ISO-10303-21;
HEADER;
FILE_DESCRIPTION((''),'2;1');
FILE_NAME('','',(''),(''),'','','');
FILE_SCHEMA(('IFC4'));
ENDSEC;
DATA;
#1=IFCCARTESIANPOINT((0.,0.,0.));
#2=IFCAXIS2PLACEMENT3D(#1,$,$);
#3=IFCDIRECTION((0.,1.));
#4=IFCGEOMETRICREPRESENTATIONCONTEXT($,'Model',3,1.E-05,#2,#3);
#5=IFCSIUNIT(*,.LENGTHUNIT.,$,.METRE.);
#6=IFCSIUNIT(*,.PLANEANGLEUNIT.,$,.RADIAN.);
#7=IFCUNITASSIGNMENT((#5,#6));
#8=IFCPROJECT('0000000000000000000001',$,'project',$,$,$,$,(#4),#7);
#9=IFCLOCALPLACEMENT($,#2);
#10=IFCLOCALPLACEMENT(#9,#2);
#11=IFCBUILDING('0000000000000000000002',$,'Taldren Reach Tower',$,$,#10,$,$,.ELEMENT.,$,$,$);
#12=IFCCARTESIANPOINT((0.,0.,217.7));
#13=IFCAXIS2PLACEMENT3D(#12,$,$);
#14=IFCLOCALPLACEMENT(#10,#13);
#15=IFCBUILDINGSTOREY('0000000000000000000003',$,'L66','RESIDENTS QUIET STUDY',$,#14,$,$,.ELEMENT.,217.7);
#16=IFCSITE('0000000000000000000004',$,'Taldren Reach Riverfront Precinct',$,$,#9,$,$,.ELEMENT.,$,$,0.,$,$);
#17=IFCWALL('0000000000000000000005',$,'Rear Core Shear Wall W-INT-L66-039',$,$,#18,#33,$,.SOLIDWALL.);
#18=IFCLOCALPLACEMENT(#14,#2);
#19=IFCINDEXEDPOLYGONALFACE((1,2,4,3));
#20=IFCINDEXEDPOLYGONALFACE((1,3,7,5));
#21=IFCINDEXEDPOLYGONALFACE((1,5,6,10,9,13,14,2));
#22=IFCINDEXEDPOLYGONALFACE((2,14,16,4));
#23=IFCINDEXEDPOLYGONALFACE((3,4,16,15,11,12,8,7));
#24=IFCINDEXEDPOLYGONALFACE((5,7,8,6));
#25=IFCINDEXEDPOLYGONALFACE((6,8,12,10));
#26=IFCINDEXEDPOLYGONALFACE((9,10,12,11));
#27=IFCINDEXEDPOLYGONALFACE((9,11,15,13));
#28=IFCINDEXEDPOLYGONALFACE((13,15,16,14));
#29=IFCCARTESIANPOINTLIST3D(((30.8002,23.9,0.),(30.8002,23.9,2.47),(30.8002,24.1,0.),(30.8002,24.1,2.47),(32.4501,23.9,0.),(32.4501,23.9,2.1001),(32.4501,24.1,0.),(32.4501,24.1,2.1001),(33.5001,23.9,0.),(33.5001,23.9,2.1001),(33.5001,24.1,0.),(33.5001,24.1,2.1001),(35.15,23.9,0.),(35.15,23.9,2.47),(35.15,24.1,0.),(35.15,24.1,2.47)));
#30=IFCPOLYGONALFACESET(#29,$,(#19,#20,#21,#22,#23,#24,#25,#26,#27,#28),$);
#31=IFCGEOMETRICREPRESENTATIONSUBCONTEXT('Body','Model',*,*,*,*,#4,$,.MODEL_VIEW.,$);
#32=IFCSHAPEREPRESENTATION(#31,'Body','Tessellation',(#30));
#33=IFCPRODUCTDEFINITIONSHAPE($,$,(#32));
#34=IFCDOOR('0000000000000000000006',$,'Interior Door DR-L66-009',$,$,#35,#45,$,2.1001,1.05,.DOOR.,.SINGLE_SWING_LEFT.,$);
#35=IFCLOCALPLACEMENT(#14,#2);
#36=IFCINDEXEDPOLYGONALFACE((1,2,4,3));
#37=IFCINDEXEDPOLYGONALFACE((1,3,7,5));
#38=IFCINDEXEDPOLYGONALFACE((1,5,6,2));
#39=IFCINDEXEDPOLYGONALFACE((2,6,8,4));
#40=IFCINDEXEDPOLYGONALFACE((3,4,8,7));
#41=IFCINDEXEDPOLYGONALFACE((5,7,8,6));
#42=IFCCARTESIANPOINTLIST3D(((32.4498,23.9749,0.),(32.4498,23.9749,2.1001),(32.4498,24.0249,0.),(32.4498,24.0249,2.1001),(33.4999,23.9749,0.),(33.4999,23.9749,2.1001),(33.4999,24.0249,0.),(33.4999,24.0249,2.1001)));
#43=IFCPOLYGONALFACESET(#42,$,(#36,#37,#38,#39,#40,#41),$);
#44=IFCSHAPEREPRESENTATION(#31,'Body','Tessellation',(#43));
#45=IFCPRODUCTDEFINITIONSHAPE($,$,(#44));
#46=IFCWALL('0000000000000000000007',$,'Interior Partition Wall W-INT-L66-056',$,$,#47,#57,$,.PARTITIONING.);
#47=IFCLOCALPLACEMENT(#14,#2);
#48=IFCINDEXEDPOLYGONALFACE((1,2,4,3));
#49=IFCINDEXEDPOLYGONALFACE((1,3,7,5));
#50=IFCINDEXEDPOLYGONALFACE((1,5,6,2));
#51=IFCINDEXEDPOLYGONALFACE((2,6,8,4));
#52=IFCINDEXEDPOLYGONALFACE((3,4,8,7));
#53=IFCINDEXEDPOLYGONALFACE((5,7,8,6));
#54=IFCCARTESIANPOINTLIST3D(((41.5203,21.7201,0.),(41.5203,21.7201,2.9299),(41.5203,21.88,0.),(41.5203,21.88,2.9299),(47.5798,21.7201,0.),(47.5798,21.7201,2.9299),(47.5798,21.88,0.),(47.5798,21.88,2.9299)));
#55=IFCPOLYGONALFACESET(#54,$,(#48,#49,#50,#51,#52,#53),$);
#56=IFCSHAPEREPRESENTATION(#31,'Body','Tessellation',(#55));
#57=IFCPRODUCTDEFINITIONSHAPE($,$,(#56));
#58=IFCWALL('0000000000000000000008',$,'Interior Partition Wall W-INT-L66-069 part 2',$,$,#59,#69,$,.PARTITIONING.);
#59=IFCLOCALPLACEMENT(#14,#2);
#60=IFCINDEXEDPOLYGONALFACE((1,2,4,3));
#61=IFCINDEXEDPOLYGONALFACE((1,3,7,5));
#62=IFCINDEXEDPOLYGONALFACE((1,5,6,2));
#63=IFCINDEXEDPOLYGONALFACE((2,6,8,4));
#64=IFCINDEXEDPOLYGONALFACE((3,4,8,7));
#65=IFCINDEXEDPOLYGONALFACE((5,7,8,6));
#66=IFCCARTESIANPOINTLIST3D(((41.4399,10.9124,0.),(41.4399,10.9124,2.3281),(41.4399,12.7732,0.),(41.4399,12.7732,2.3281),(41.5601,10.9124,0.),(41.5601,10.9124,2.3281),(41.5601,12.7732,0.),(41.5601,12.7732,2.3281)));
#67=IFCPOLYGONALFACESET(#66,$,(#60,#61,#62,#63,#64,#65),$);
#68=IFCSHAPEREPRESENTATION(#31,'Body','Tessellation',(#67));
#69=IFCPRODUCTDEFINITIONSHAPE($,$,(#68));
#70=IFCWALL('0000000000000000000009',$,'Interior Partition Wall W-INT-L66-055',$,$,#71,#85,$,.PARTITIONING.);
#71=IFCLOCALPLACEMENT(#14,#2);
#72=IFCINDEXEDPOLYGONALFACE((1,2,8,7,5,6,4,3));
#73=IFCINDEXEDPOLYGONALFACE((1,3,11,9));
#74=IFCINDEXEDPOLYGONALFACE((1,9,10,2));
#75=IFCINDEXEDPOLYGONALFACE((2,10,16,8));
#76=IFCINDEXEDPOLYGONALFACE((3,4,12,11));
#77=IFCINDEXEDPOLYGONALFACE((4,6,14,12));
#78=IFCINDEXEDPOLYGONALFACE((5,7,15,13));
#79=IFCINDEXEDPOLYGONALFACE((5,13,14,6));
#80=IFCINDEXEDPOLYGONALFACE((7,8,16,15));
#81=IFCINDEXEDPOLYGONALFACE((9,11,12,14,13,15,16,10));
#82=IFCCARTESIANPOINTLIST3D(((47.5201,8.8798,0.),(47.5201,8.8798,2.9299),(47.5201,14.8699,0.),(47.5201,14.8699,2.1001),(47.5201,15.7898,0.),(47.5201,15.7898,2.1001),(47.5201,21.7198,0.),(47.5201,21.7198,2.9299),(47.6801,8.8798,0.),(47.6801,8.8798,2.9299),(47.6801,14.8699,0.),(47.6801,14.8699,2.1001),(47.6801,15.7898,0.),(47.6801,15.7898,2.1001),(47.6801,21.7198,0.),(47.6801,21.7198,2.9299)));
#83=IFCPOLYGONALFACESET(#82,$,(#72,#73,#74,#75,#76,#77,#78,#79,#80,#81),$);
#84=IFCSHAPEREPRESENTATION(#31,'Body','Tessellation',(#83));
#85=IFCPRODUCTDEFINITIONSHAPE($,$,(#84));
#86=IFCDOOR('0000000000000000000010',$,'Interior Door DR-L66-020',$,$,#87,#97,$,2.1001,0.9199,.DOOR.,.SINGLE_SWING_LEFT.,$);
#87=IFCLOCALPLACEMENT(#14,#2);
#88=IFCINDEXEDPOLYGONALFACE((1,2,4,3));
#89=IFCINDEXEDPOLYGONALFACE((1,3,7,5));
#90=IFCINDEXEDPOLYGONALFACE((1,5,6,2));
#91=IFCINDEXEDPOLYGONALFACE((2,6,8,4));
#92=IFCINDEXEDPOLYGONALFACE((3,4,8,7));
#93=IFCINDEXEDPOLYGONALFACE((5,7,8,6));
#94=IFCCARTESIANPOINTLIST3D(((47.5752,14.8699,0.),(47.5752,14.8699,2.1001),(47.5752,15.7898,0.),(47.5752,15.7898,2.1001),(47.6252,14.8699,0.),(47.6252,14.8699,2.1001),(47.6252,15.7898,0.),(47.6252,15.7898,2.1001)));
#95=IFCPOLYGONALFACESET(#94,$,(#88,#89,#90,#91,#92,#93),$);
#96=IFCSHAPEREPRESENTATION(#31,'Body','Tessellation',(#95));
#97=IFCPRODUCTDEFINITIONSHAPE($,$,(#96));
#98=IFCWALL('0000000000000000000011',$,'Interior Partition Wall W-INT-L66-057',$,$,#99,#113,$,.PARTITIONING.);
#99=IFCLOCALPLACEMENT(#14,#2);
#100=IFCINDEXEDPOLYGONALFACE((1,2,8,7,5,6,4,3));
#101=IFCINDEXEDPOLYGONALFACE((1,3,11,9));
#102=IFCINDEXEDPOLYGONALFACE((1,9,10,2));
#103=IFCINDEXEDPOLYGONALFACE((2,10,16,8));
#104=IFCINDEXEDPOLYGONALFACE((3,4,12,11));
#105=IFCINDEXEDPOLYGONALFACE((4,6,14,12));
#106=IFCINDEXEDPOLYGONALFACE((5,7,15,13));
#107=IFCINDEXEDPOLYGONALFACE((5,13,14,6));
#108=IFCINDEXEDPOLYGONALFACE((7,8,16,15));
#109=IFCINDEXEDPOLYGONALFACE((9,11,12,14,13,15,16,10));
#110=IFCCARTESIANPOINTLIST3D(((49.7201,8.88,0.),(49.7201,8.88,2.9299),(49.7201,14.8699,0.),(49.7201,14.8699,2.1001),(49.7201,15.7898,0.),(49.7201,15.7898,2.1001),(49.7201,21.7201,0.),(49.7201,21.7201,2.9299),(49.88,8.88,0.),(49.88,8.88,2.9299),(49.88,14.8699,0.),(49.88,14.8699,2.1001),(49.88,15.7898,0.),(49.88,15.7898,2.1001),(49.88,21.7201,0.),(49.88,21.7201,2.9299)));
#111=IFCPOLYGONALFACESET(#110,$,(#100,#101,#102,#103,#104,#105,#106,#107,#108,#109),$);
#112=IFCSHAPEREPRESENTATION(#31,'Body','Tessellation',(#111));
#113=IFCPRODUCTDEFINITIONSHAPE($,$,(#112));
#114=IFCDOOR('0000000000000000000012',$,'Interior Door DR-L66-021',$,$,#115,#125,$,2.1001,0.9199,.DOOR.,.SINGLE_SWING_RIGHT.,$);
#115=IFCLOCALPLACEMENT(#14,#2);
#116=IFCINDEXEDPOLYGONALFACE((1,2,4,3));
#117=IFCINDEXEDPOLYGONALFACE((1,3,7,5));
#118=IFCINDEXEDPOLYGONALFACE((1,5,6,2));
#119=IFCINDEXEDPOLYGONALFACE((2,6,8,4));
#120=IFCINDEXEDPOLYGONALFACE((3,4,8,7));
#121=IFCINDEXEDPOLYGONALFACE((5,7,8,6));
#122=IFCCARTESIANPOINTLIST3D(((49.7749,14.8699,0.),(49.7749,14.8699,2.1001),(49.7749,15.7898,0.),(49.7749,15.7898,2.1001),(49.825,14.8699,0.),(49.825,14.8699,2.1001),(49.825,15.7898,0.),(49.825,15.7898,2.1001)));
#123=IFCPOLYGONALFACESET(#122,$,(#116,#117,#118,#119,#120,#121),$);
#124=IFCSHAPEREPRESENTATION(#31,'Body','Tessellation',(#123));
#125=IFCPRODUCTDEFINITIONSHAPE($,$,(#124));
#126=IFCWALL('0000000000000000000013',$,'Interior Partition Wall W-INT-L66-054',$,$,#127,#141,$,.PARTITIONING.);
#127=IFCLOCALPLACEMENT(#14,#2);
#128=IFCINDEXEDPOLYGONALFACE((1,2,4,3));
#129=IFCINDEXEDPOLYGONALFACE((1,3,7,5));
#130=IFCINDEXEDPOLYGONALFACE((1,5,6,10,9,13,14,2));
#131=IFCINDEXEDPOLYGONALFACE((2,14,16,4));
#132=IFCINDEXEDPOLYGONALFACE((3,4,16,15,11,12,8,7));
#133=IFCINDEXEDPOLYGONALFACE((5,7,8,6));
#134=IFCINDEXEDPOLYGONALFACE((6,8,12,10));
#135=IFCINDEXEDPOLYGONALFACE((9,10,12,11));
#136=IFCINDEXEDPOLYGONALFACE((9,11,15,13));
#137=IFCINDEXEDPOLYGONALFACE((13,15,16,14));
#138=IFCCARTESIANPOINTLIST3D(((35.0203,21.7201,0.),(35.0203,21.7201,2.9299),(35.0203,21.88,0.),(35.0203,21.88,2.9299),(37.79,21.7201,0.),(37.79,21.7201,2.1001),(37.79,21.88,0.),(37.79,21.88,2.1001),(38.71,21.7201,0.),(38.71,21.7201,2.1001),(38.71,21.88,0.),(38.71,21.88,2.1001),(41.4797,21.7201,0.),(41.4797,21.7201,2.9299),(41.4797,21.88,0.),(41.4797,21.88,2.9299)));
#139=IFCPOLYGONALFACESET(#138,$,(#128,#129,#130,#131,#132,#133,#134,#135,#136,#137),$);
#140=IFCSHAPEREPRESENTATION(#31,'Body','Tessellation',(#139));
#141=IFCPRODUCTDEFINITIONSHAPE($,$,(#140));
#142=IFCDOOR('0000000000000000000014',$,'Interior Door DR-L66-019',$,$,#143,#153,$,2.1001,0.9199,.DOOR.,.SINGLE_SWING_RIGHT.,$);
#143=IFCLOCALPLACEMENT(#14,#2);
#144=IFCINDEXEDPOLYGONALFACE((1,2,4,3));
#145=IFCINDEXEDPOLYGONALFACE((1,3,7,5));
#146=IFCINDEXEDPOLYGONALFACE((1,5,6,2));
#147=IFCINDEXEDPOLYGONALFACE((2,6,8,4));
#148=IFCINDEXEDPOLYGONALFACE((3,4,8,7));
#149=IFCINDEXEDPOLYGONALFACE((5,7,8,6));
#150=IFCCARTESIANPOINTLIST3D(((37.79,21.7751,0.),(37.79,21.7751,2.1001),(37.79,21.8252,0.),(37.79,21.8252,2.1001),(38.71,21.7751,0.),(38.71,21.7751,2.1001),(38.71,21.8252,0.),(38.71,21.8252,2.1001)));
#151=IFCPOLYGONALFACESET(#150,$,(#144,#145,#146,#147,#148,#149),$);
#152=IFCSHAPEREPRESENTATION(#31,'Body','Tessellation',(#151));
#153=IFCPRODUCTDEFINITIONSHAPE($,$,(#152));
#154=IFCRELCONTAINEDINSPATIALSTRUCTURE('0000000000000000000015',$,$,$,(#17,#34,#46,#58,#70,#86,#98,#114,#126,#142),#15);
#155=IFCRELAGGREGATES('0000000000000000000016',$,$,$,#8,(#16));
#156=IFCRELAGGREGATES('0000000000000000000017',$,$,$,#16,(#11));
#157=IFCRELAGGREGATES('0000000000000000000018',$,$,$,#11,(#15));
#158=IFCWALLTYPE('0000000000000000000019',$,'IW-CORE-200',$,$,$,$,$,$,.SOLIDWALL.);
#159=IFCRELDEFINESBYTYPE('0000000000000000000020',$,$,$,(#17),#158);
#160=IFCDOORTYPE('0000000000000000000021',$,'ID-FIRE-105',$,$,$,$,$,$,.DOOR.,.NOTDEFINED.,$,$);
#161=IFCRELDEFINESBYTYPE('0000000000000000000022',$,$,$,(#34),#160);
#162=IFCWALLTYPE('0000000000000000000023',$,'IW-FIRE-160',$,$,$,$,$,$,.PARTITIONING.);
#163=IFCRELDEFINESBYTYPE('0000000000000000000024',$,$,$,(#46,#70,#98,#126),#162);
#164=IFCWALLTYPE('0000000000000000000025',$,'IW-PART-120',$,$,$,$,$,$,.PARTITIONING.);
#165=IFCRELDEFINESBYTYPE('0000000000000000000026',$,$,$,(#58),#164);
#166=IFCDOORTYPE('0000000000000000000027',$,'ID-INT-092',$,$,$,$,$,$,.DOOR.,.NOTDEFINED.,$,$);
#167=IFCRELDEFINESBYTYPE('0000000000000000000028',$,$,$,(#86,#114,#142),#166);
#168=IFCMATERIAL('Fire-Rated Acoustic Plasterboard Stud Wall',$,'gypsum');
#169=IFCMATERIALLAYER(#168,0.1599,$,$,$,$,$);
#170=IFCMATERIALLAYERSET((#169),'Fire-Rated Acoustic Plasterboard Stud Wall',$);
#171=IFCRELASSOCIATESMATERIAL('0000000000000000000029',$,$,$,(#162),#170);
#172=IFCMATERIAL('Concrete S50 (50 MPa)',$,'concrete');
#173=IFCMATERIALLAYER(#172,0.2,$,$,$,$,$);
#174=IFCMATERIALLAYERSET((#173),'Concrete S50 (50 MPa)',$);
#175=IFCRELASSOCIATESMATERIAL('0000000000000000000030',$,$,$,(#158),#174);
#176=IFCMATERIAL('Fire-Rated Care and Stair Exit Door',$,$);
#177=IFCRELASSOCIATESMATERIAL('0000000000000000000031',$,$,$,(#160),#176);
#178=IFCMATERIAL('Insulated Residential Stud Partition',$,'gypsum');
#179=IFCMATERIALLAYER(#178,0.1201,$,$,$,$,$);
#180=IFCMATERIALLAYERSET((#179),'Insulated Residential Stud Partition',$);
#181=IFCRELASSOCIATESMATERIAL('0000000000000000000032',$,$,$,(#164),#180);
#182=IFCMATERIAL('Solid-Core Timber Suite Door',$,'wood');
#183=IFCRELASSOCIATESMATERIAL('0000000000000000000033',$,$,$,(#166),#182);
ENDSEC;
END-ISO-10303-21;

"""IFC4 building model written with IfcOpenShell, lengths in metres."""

from ifc_helpers import new_model, si_unit, direction, frame, frame_2d, origin, place, context, subcontext, project, spatial, rectangle, extrude, source, transform, mapped, material, layer, layer_set, type_object, element, fill, save


model = new_model("IFC4")

# Units and contexts
model_context = context("Model", 3, precision=1e-05, world=origin(), true_north=direction((0.0, 1.0)))
body_context = subcontext(model_context, "Body", "Model", "MODEL_VIEW")
ifc_project = project(units=[si_unit("LENGTHUNIT", "METRE"), si_unit("PLANEANGLEUNIT", "RADIAN")], contexts=[model_context])

# Site, building, storey
site_placement = place(None, origin())
site = spatial("IfcSite", under=ifc_project, at=site_placement, Name="Taldren Reach Riverfront Precinct", CompositionType="ELEMENT", RefElevation=0.0)
building_placement = place(site_placement, origin())
building = spatial("IfcBuilding", under=site, at=building_placement, Name="Taldren Reach Tower", CompositionType="ELEMENT")
storey_placement = place(building_placement, frame((0.0, 0.0, 217.7)))
storey = spatial("IfcBuildingStorey", under=building, at=storey_placement, Name="L66", Description="RESIDENTS QUIET STUDY", CompositionType="ELEMENT", Elevation=217.7)

# Shared definitions
ifc_material_1 = material(Name="Fire-Rated Acoustic Plasterboard Stud Wall", Category="gypsum")
ifc_layer_1 = layer(ifc_material_1, 0.1599)
ifc_layer_set_1 = layer_set([ifc_layer_1], Name="Fire-Rated Acoustic Plasterboard Stud Wall")
wall_type_1 = type_object("IfcWallType", Name="IW-FIRE-160", PredefinedType="PARTITIONING", material=ifc_layer_set_1)

# Wall, opening, door
ifc_material_2 = material(Name="Concrete S50 (50 MPa)", Category="concrete")
ifc_layer_2 = layer(ifc_material_2, 0.2)
ifc_layer_set_2 = layer_set([ifc_layer_2], Name="Concrete S50 (50 MPa)")
wall_type_2 = type_object("IfcWallType", Name="IW-CORE-200", PredefinedType="SOLIDWALL", material=ifc_layer_set_2)
shared_shape_1 = source(origin(), body_context, "Body", "SweptSolid", [
    extrude(rectangle(XDim=4.3499, YDim=0.2, at=frame_2d((2.1748, 0.0))), origin(), (0.0, 0.0, 1.0), 2.47),
])
wall_1_placement = place(storey_placement, frame((35.1499, 24.0, 0.0), z_axis=(0.0, 0.0, 1.0), x_axis=(-1.0, 0.0, 0.0)))
wall_1 = element("IfcWall", 1, at=wall_1_placement, inside=storey, type_object=wall_type_2, Name="Rear Core Shear Wall W-INT-L66-039", PredefinedType="SOLIDWALL", context=body_context, shape_type="MappedRepresentation", body=[
    mapped(shared_shape_1, transform((0.0, 0.0, 0.0), scale=1.0)),
])
shared_shape_2 = source(origin(), body_context, "Body", "SweptSolid", [
    extrude(rectangle(XDim=1.05, YDim=2.1001, at=frame_2d((0.5249, 1.05))), frame((0.0, 0.1099, 0.0), z_axis=(0.0, -1.0, 0.0), x_axis=(1.0, 0.0, 0.0)), (0.0, 0.0, 1.0), 0.22),
])
opening_1_placement = place(wall_1_placement, frame((1.6499, 0.0, 0.0)))
opening_1 = element("IfcOpeningElement", 2, at=opening_1_placement, cuts=wall_1, PredefinedType="OPENING", context=body_context, shape_type="MappedRepresentation", body=[
    mapped(shared_shape_2, transform((0.0, 0.0, 0.0), scale=1.0)),
])
ifc_material_3 = material(Name="Fire-Rated Care and Stair Exit Door")
door_type_1 = type_object("IfcDoorType", Name="ID-FIRE-105", OperationType="NOTDEFINED", PredefinedType="DOOR", material=ifc_material_3)
shared_shape_3 = source(origin(), body_context, "Body", "SweptSolid", [
    extrude(rectangle(XDim=1.05, YDim=2.1001, at=frame_2d((0.5249, 1.05))), frame((0.0, 0.0249, 0.0), z_axis=(0.0, -1.0, 0.0), x_axis=(1.0, 0.0, 0.0)), (0.0, 0.0, 1.0), 0.05),
])
door_1_placement = place(opening_1_placement, frame((1.05, 0.0, 0.0), z_axis=(0.0, 0.0, 1.0), x_axis=(-1.0, 0.0, 0.0)))
door_1 = element("IfcDoor", 3, at=door_1_placement, inside=storey, type_object=door_type_1, Name="Interior Door DR-L66-009", OperationType="SINGLE_SWING_LEFT", OverallHeight=2.1001, OverallWidth=1.05, PredefinedType="DOOR", context=body_context, shape_type="MappedRepresentation", body=[
    mapped(shared_shape_3, transform((0.0, 0.0, 0.0), scale=1.0)),
])
fill(opening_1, door_1)

# Walls
shared_shape_4 = source(origin(), body_context, "Body", "SweptSolid", [
    extrude(rectangle(XDim=6.0596, YDim=0.1599, at=frame_2d((3.0298, 0.0))), origin(), (0.0, 0.0, 1.0), 2.9299),
])
wall_2_placement = place(storey_placement, frame((47.5798, 21.8, 0.0), z_axis=(0.0, 0.0, 1.0), x_axis=(-1.0, 0.0, 0.0)))
element("IfcWall", 4, at=wall_2_placement, inside=storey, type_object=wall_type_1, Name="Interior Partition Wall W-INT-L66-056", PredefinedType="PARTITIONING", context=body_context, shape_type="MappedRepresentation", body=[
    mapped(shared_shape_4, transform((0.0, 0.0, 0.0), scale=1.0)),
])
ifc_material_4 = material(Name="Insulated Residential Stud Partition", Category="gypsum")
ifc_layer_3 = layer(ifc_material_4, 0.1201)
ifc_layer_set_3 = layer_set([ifc_layer_3], Name="Insulated Residential Stud Partition")
wall_type_3 = type_object("IfcWallType", Name="IW-PART-120", PredefinedType="PARTITIONING", material=ifc_layer_set_3)
shared_shape_5 = source(origin(), body_context, "Body", "SweptSolid", [
    extrude(rectangle(XDim=1.8608, YDim=0.1201, at=frame_2d((0.9304, 0.0))), origin(), (0.0, 0.0, 1.0), 2.3281),
])
wall_3_placement = place(storey_placement, frame((41.5, 12.7732, 0.0), z_axis=(0.0, 0.0, 1.0), x_axis=(0.0, -1.0, 0.0)))
element("IfcWall", 5, at=wall_3_placement, inside=storey, type_object=wall_type_3, Name="Interior Partition Wall W-INT-L66-069 part 2", PredefinedType="PARTITIONING", context=body_context, shape_type="MappedRepresentation", body=[
    mapped(shared_shape_5, transform((0.0, 0.0, 0.0), scale=1.0)),
])

# Walls, openings, doors
shared_shape_6 = source(origin(), body_context, "Body", "SweptSolid", [
    extrude(rectangle(XDim=12.8401, YDim=0.1599, at=frame_2d((6.4199, 0.0))), origin(), (0.0, 0.0, 1.0), 2.9299),
])
wall_4_placement = place(storey_placement, frame((47.6001, 8.8799, 0.0), z_axis=(0.0, 0.0, 1.0), x_axis=(0.0, 1.0, 0.0)))
wall_4 = element("IfcWall", 6, at=wall_4_placement, inside=storey, type_object=wall_type_1, Name="Interior Partition Wall W-INT-L66-055", PredefinedType="PARTITIONING", context=body_context, shape_type="MappedRepresentation", body=[
    mapped(shared_shape_6, transform((0.0, 0.0, 0.0), scale=1.0)),
])
shared_shape_7 = source(origin(), body_context, "Body", "SweptSolid", [
    extrude(rectangle(XDim=0.9199, YDim=2.1001, at=frame_2d((0.46, 1.05))), frame((0.0, 0.0898, 0.0), z_axis=(0.0, -1.0, 0.0), x_axis=(1.0, 0.0, 0.0)), (0.0, 0.0, 1.0), 0.1799),
])
opening_2_placement = place(wall_4_placement, frame((5.99, 0.0, 0.0)))
opening_2 = element("IfcOpeningElement", 7, at=opening_2_placement, cuts=wall_4, PredefinedType="OPENING", context=body_context, shape_type="MappedRepresentation", body=[
    mapped(shared_shape_7, transform((0.0, 0.0, 0.0), scale=1.0)),
])
ifc_material_5 = material(Name="Solid-Core Timber Suite Door", Category="wood")
door_type_2 = type_object("IfcDoorType", Name="ID-INT-092", OperationType="NOTDEFINED", PredefinedType="DOOR", material=ifc_material_5)
shared_shape_8 = source(origin(), body_context, "Body", "SweptSolid", [
    extrude(rectangle(XDim=0.9199, YDim=2.1001, at=frame_2d((0.46, 1.05))), frame((0.0, 0.0249, 0.0), z_axis=(0.0, -1.0, 0.0), x_axis=(1.0, 0.0, 0.0)), (0.0, 0.0, 1.0), 0.05),
])
door_2_placement = place(opening_2_placement, origin())
door_2 = element("IfcDoor", 8, at=door_2_placement, inside=storey, type_object=door_type_2, Name="Interior Door DR-L66-020", OperationType="SINGLE_SWING_LEFT", OverallHeight=2.1001, OverallWidth=0.9199, PredefinedType="DOOR", context=body_context, shape_type="MappedRepresentation", body=[
    mapped(shared_shape_8, transform((0.0, 0.0, 0.0), scale=1.0)),
])
fill(opening_2, door_2)
wall_5_placement = place(storey_placement, frame((49.8, 21.72, 0.0), z_axis=(0.0, 0.0, 1.0), x_axis=(0.0, -1.0, 0.0)))
wall_5 = element("IfcWall", 9, at=wall_5_placement, inside=storey, type_object=wall_type_1, Name="Interior Partition Wall W-INT-L66-057", PredefinedType="PARTITIONING", context=body_context, shape_type="MappedRepresentation", body=[
    mapped(shared_shape_6, transform((0.0, 0.0, 0.0), scale=1.0)),
])
opening_3_placement = place(wall_5_placement, frame((5.9302, 0.0, 0.0)))
opening_3 = element("IfcOpeningElement", 10, at=opening_3_placement, cuts=wall_5, PredefinedType="OPENING", context=body_context, shape_type="MappedRepresentation", body=[
    mapped(shared_shape_7, transform((0.0, 0.0, 0.0), scale=1.0)),
])
door_3_placement = place(opening_3_placement, origin())
door_3 = element("IfcDoor", 11, at=door_3_placement, inside=storey, type_object=door_type_2, Name="Interior Door DR-L66-021", OperationType="SINGLE_SWING_RIGHT", OverallHeight=2.1001, OverallWidth=0.9199, PredefinedType="DOOR", context=body_context, shape_type="MappedRepresentation", body=[
    mapped(shared_shape_8, transform((0.0, 0.0, 0.0), scale=1.0)),
])
fill(opening_3, door_3)
shared_shape_9 = source(origin(), body_context, "Body", "SweptSolid", [
    extrude(rectangle(XDim=6.4595, YDim=0.1599, at=frame_2d((3.2297, 0.0))), origin(), (0.0, 0.0, 1.0), 2.9299),
])
wall_6_placement = place(storey_placement, frame((41.4797, 21.8, 0.0), z_axis=(0.0, 0.0, 1.0), x_axis=(-1.0, 0.0, 0.0)))
wall_6 = element("IfcWall", 12, at=wall_6_placement, inside=storey, type_object=wall_type_1, Name="Interior Partition Wall W-INT-L66-054", PredefinedType="PARTITIONING", context=body_context, shape_type="MappedRepresentation", body=[
    mapped(shared_shape_9, transform((0.0, 0.0, 0.0), scale=1.0)),
])
opening_4_placement = place(wall_6_placement, frame((2.7698, 0.0, 0.0)))
opening_4 = element("IfcOpeningElement", 13, at=opening_4_placement, cuts=wall_6, PredefinedType="OPENING", context=body_context, shape_type="MappedRepresentation", body=[
    mapped(shared_shape_7, transform((0.0, 0.0, 0.0), scale=1.0)),
])
door_4_placement = place(opening_4_placement, origin())
door_4 = element("IfcDoor", 14, at=door_4_placement, inside=storey, type_object=door_type_2, Name="Interior Door DR-L66-019", OperationType="SINGLE_SWING_RIGHT", OverallHeight=2.1001, OverallWidth=0.9199, PredefinedType="DOOR", context=body_context, shape_type="MappedRepresentation", body=[
    mapped(shared_shape_8, transform((0.0, 0.0, 0.0), scale=1.0)),
])
fill(opening_4, door_4)

save(model, "model.ifc")
